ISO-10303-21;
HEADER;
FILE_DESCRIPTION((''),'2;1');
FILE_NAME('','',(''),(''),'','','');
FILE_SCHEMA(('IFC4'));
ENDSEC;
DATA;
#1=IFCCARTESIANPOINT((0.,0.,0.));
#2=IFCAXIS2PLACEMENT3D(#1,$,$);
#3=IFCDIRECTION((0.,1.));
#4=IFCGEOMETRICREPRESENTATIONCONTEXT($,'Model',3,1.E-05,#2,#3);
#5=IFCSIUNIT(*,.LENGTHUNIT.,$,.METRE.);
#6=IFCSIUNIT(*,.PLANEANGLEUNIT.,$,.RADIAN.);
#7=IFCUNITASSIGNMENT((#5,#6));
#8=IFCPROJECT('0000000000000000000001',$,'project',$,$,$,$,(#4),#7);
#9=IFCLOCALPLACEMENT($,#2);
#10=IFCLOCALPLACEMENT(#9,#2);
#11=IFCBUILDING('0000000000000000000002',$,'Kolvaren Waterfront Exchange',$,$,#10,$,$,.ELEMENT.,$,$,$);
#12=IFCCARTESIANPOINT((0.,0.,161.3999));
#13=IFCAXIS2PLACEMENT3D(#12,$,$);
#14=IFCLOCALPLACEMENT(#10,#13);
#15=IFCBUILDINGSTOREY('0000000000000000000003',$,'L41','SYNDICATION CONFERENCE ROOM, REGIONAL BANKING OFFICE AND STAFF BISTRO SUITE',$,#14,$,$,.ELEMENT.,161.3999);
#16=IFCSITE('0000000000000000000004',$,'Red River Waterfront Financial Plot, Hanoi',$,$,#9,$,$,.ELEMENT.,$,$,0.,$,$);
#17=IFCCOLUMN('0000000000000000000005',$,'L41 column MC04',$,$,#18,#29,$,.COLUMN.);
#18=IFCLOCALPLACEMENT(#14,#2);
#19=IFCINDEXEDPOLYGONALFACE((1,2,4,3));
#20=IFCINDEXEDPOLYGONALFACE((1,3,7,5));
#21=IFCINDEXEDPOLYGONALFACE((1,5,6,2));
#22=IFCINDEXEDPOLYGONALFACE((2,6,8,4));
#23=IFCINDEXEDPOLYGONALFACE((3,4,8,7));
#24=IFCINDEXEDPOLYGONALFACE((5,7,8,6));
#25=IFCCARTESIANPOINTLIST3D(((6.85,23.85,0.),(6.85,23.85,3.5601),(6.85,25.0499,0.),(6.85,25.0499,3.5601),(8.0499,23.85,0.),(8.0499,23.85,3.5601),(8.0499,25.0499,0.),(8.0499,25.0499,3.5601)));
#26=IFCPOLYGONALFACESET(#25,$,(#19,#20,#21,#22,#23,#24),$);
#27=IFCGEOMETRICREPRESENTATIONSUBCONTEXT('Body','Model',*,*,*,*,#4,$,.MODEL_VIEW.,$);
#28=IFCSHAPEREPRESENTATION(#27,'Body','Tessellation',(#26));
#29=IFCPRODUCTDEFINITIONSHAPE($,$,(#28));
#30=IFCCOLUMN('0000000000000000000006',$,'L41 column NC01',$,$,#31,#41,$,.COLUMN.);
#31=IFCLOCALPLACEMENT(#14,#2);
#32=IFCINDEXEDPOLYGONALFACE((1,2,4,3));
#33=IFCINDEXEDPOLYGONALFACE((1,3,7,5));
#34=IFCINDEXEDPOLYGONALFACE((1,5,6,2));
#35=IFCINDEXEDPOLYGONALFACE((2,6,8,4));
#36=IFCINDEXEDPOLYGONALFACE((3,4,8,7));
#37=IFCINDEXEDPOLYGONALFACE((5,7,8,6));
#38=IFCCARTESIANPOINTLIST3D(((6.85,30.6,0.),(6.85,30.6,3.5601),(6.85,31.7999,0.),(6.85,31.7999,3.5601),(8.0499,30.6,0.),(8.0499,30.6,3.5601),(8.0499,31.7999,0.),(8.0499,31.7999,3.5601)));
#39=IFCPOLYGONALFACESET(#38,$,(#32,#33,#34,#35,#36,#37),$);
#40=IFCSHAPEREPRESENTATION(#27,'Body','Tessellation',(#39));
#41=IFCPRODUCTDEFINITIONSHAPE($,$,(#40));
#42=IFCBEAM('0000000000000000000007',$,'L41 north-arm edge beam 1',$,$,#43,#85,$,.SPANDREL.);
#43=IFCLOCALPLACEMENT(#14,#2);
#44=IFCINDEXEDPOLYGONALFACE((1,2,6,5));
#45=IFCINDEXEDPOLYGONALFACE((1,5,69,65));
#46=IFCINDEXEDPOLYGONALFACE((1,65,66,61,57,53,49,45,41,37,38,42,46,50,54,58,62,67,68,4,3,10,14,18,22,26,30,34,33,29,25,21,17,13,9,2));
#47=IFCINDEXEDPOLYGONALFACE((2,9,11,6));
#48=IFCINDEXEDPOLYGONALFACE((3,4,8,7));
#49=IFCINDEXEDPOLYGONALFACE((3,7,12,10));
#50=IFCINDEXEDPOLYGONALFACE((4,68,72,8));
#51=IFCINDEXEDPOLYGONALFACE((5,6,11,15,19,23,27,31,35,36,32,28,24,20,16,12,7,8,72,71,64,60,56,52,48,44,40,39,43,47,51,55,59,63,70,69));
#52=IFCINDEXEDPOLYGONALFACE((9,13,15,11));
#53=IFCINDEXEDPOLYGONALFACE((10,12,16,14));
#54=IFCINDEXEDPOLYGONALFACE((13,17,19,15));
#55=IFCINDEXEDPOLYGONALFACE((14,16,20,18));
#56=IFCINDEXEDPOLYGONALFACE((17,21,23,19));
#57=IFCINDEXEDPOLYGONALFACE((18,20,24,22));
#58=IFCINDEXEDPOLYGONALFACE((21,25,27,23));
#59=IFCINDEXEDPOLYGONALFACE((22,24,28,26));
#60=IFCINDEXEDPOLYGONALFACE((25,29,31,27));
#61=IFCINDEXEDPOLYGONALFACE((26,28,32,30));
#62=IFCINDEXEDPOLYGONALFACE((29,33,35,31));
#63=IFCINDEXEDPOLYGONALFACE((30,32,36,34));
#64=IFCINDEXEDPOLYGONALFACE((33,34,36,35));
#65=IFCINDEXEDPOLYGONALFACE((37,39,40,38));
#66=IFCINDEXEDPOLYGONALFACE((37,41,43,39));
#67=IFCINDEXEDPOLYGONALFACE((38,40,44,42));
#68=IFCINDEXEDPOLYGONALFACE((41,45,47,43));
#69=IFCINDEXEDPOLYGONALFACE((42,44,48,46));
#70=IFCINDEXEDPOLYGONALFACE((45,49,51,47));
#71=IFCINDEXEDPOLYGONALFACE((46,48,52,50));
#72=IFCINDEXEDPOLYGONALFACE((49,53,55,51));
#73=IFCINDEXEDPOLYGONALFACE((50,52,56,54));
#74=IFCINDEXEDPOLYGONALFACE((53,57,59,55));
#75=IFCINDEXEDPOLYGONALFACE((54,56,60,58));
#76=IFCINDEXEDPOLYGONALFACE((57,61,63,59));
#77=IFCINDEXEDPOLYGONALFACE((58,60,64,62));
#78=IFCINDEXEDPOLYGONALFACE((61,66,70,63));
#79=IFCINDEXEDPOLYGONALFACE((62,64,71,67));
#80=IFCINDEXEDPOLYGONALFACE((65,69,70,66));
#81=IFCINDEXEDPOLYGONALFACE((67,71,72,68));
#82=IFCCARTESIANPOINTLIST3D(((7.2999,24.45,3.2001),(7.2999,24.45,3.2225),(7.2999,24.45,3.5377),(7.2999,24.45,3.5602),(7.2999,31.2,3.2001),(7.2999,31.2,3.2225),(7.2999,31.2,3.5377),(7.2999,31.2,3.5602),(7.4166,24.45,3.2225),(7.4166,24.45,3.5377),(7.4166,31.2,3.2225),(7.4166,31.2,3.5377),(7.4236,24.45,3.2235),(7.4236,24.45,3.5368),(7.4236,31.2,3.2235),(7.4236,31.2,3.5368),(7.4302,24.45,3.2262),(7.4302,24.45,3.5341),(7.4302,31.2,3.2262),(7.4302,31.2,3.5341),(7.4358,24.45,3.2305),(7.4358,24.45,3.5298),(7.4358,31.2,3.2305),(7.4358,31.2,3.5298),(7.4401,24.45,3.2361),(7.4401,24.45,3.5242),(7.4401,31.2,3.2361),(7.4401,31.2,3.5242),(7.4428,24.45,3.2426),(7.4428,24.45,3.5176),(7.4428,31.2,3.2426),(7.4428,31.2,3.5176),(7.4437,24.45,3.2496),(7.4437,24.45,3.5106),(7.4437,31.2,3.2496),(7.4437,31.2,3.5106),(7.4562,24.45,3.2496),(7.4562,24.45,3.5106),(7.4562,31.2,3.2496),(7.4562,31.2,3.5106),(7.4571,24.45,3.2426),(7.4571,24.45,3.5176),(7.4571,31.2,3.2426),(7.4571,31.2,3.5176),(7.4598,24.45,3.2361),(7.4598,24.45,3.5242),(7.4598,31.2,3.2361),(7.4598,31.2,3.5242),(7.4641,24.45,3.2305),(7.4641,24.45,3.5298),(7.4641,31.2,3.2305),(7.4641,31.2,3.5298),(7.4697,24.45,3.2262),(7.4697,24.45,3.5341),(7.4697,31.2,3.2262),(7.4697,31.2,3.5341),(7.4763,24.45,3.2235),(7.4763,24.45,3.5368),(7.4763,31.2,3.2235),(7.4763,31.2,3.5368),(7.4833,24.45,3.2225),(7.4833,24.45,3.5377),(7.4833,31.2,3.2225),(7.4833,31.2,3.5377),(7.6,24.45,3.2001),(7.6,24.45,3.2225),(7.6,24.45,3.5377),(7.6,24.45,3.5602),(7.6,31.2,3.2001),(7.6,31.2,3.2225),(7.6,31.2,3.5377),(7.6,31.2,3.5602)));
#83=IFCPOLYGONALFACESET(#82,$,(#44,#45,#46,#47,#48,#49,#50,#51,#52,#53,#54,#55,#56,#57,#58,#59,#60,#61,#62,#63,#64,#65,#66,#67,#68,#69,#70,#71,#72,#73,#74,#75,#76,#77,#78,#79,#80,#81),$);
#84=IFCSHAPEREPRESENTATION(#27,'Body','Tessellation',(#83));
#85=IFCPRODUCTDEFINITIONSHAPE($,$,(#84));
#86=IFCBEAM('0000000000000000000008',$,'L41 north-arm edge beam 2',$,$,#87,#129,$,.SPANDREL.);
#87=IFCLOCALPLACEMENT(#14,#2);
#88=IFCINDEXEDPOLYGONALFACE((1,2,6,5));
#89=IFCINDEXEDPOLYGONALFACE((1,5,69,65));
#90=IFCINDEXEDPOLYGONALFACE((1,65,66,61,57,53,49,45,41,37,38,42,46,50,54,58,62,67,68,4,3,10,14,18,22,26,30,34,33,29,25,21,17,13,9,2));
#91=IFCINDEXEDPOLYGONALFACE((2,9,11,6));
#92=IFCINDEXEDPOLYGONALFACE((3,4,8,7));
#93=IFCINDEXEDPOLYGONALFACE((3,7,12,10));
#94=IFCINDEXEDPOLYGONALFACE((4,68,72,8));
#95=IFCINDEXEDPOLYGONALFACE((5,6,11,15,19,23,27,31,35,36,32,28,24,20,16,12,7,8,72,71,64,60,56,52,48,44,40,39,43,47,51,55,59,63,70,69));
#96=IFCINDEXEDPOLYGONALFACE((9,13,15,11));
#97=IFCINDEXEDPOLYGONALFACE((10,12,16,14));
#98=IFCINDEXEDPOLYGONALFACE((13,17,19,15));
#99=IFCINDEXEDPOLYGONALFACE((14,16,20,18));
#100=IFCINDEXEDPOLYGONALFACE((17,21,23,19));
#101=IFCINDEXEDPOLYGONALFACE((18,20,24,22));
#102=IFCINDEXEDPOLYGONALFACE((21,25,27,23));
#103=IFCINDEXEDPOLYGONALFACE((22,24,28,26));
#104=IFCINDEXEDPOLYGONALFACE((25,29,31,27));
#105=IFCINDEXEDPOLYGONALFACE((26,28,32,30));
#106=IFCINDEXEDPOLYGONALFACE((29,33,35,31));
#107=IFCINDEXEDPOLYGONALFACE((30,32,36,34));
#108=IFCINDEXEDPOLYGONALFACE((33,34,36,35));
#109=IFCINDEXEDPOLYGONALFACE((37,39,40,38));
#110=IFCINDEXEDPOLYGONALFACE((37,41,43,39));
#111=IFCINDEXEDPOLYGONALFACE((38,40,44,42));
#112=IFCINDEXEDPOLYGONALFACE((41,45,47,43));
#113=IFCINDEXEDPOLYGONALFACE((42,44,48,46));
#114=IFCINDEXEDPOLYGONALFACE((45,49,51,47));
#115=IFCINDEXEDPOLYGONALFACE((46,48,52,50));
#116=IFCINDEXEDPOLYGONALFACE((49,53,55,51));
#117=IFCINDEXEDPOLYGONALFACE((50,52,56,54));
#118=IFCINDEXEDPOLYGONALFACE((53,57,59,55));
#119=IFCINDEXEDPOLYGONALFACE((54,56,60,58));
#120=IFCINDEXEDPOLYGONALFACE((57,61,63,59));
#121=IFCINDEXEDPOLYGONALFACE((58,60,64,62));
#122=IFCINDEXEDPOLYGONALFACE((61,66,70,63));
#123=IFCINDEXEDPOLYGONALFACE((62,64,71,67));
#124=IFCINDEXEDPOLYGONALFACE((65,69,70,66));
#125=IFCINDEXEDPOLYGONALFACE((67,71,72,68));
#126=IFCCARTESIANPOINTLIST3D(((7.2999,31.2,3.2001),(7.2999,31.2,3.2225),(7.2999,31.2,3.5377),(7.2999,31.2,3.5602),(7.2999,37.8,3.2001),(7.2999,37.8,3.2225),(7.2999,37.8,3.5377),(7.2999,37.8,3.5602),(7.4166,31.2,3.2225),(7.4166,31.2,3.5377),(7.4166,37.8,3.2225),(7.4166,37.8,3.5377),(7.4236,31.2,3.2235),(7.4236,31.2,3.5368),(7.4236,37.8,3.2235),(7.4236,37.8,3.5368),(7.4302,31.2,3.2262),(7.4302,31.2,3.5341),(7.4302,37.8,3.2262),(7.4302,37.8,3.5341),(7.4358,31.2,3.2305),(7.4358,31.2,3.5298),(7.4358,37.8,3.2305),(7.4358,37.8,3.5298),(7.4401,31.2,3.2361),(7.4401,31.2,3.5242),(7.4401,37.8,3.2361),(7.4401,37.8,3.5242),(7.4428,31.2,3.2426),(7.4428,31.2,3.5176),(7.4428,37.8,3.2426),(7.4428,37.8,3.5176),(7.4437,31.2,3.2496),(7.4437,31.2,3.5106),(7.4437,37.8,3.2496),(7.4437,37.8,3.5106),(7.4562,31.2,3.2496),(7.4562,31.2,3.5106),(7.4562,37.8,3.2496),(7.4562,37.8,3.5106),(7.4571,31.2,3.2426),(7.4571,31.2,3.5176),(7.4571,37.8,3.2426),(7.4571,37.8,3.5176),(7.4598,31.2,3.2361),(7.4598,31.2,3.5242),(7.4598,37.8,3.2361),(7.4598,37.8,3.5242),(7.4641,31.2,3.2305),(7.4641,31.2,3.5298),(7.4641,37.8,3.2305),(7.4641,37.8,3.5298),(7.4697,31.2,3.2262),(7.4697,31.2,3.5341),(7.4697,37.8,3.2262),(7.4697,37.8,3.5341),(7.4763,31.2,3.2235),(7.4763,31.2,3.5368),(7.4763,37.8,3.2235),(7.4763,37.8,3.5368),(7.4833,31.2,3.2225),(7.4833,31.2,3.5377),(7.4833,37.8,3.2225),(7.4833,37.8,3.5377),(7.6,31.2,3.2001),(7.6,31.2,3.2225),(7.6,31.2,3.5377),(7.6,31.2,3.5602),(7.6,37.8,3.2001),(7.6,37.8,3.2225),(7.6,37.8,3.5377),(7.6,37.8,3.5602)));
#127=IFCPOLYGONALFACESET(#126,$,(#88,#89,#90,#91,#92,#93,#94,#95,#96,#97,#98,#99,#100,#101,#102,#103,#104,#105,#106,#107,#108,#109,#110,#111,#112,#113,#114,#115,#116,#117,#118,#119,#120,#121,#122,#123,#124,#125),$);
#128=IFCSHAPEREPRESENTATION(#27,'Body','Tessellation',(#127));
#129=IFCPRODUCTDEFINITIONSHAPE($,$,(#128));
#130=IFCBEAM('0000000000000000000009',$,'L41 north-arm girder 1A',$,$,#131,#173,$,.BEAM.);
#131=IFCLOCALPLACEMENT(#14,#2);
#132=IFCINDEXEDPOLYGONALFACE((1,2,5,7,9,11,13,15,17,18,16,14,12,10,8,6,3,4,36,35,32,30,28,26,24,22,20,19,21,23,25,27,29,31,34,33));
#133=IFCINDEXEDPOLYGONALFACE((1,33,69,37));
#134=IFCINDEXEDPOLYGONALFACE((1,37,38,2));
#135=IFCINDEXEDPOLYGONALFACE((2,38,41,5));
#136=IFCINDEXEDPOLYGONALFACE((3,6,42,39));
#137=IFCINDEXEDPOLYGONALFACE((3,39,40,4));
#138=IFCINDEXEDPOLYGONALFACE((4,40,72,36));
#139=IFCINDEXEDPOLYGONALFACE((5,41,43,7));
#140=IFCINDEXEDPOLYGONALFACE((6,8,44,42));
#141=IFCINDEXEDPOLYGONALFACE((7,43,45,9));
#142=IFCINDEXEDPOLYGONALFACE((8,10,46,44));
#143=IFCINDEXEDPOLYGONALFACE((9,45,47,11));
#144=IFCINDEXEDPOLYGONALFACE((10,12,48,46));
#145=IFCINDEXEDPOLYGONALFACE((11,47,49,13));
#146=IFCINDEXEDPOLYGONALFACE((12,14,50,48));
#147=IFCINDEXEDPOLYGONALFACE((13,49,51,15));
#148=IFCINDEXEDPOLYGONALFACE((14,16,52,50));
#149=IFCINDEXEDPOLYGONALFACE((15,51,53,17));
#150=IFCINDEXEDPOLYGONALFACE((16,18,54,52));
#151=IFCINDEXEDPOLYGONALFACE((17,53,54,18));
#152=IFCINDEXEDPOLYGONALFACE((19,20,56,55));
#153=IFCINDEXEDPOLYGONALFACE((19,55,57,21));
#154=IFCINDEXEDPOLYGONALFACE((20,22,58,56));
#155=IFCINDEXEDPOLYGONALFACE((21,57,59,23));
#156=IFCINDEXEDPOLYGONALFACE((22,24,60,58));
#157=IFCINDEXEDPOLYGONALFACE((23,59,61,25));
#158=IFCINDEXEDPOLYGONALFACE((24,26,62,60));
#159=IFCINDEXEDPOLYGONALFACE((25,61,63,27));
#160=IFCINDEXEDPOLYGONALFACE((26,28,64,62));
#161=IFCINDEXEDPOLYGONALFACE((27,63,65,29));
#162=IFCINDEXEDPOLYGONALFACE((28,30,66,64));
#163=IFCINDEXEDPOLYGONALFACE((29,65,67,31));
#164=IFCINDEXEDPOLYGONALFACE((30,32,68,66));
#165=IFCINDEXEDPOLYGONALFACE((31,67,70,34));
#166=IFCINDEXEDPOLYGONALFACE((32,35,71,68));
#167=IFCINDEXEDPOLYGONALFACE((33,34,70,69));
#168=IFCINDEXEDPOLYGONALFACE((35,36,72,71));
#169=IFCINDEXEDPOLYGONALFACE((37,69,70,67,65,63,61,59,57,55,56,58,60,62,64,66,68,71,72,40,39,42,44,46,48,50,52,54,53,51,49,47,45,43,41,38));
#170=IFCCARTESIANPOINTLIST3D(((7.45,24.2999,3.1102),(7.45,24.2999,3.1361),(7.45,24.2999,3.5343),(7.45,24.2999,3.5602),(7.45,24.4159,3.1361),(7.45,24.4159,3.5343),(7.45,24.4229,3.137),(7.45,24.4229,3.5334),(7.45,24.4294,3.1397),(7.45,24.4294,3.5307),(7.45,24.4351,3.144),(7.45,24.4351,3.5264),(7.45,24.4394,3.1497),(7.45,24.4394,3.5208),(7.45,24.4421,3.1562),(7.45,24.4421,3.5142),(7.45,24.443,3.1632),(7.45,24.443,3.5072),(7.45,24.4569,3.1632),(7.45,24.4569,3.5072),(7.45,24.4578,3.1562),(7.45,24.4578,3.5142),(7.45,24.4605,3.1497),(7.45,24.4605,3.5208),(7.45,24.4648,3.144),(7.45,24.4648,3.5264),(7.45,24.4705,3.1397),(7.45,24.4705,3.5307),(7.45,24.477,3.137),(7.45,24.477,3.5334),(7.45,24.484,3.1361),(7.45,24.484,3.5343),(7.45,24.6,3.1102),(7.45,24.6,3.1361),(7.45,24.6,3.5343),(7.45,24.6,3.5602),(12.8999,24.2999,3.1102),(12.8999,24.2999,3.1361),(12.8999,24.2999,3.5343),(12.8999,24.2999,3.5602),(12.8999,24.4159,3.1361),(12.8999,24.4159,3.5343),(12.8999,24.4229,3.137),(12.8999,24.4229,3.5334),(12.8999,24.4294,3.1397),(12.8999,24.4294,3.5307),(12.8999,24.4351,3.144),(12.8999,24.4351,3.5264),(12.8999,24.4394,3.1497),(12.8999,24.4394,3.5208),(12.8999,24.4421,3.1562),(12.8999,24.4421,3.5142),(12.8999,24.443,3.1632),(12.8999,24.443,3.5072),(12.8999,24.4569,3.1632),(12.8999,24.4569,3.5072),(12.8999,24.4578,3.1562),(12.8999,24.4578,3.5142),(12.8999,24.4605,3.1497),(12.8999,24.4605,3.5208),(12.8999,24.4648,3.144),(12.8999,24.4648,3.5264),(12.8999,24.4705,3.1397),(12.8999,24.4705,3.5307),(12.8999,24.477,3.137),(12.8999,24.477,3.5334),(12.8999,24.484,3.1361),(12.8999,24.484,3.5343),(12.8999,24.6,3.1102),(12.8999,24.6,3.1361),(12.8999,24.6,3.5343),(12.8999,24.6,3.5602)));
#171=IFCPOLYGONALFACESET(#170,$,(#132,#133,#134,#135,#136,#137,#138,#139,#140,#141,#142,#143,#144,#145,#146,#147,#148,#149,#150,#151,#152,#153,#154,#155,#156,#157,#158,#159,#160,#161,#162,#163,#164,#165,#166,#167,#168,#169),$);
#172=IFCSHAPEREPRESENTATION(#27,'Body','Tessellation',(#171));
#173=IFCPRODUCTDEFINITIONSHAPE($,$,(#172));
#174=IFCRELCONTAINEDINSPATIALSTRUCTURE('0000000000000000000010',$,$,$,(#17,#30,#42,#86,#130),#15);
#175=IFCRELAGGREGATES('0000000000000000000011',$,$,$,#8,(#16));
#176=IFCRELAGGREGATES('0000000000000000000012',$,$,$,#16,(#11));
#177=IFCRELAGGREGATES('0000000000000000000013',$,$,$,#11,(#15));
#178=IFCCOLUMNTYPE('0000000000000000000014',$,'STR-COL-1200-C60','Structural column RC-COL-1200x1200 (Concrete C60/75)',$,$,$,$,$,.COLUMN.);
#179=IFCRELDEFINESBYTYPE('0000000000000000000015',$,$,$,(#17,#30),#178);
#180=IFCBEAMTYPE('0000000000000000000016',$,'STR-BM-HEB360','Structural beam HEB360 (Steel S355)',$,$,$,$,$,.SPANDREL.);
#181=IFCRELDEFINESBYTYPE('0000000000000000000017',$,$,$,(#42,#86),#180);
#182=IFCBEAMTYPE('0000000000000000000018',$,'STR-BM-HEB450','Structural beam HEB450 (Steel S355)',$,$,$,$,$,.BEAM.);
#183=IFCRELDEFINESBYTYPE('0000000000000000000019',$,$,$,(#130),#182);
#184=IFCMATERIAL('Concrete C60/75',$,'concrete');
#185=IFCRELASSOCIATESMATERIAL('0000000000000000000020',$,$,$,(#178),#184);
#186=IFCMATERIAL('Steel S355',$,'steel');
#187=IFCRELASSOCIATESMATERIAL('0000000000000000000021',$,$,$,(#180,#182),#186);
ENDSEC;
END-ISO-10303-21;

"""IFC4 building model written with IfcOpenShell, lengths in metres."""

from ifc_helpers import new_model, si_unit, direction, frame, origin, origin_2d, place, context, subcontext, project, spatial, rectangle, i_section, extrude, material, material_profile, profile_set, type_object, element, save


model = new_model("IFC4")

# Units and contexts
model_context = context("Model", 3, precision=1e-05, world=origin(), true_north=direction((0.0, 1.0)))
body_context = subcontext(model_context, "Body", "Model", "MODEL_VIEW")
ifc_project = project(units=[si_unit("LENGTHUNIT", "METRE"), si_unit("PLANEANGLEUNIT", "RADIAN")], contexts=[model_context])

# Site, building, storey
site_placement = place(None, origin())
site = spatial("IfcSite", under=ifc_project, at=site_placement, Name="Red River Waterfront Financial Plot, Hanoi", CompositionType="ELEMENT", RefElevation=0.0)
building_placement = place(site_placement, origin())
building = spatial("IfcBuilding", under=site, at=building_placement, Name="Kolvaren Waterfront Exchange", CompositionType="ELEMENT")
storey_placement = place(building_placement, frame((0.0, 0.0, 161.3999)))
storey = spatial("IfcBuildingStorey", under=building, at=storey_placement, Name="L41", Description="SYNDICATION CONFERENCE ROOM, REGIONAL BANKING OFFICE AND STAFF BISTRO SUITE", CompositionType="ELEMENT", Elevation=161.3999)

# Columns
ifc_material_1 = material(Name="Concrete C60/75", Category="concrete")
ifc_material_profile_1 = material_profile(ifc_material_1, rectangle(XDim=1.2, YDim=1.2, at=origin_2d()), Name="RC-COL-1200x1200")
ifc_profile_set_1 = profile_set([ifc_material_profile_1], Name="Concrete C60/75")
column_type = type_object("IfcColumnType", Name="STR-COL-1200-C60", Description="Structural column RC-COL-1200x1200 (Concrete C60/75)", PredefinedType="COLUMN", material=ifc_profile_set_1)
for number, where, z_axis, x_axis, name in (
    (1, (7.45, 24.45, 0.0), (0.0, 0.0, 1.0), (1.0, 0.0, 0.0), "L41 column MC04"),
    (2, (7.45, 31.2, 0.0), (0.0, 0.0, 1.0), (1.0, 0.0, 0.0), "L41 column NC01"),
):
    element("IfcColumn", number, at=place(storey_placement, frame(where, z_axis=z_axis, x_axis=x_axis)), inside=storey, type_object=column_type, Name=name, PredefinedType="COLUMN", context=body_context, shape_type="SweptSolid", body=[
        extrude(rectangle(XDim=1.2, YDim=1.2, at=origin_2d()), origin(), (0.0, 0.0, 1.0), 3.5601),
    ])

# Beams
ifc_material_2 = material(Name="Steel S355", Category="steel")
ifc_material_profile_2 = material_profile(ifc_material_2, i_section(OverallWidth=0.3, OverallDepth=0.3601, WebThickness=0.0125, FlangeThickness=0.0225, FilletRadius=0.0271, at=origin_2d()), Name="HEB360")
ifc_profile_set_2 = profile_set([ifc_material_profile_2], Name="Steel S355")
beam_type_1 = type_object("IfcBeamType", Name="STR-BM-HEB360", Description="Structural beam HEB360 (Steel S355)", PredefinedType="SPANDREL", material=ifc_profile_set_2)
beam_1_placement = place(storey_placement, frame((7.45, 24.45, 3.3801), z_axis=(0.0, 1.0, 0.0), x_axis=(-1.0, 0.0, 0.0)))
element("IfcBeam", 3, at=beam_1_placement, inside=storey, type_object=beam_type_1, Name="L41 north-arm edge beam 1", PredefinedType="SPANDREL", context=body_context, shape_type="SweptSolid", body=[
    extrude(i_section(OverallWidth=0.3, OverallDepth=0.3601, WebThickness=0.0125, FlangeThickness=0.0225, FilletRadius=0.0271, at=origin_2d()), origin(), (0.0, 0.0, 1.0), 6.75),
])
beam_2_placement = place(storey_placement, frame((7.45, 31.2, 3.3801), z_axis=(0.0, 1.0, 0.0), x_axis=(-1.0, 0.0, 0.0)))
element("IfcBeam", 4, at=beam_2_placement, inside=storey, type_object=beam_type_1, Name="L41 north-arm edge beam 2", PredefinedType="SPANDREL", context=body_context, shape_type="SweptSolid", body=[
    extrude(i_section(OverallWidth=0.3, OverallDepth=0.3601, WebThickness=0.0125, FlangeThickness=0.0225, FilletRadius=0.0271, at=origin_2d()), origin(), (0.0, 0.0, 1.0), 6.6001),
])
ifc_material_profile_3 = material_profile(ifc_material_2, i_section(OverallWidth=0.3, OverallDepth=0.45, WebThickness=0.0139, FlangeThickness=0.0259, FilletRadius=0.0271, at=origin_2d()), Name="HEB450")
ifc_profile_set_3 = profile_set([ifc_material_profile_3], Name="Steel S355")
beam_type_2 = type_object("IfcBeamType", Name="STR-BM-HEB450", Description="Structural beam HEB450 (Steel S355)", PredefinedType="BEAM", material=ifc_profile_set_3)
for number, where, z_axis, x_axis, name in (
    (5, (7.45, 24.45, 3.3352), (1.0, 0.0, 0.0), (0.0, 1.0, 0.0), "L41 north-arm girder 1A"),
):
    element("IfcBeam", number, at=place(storey_placement, frame(where, z_axis=z_axis, x_axis=x_axis)), inside=storey, type_object=beam_type_2, Name=name, PredefinedType="BEAM", context=body_context, shape_type="SweptSolid", body=[
        extrude(i_section(OverallWidth=0.3, OverallDepth=0.45, WebThickness=0.0139, FlangeThickness=0.0259, FilletRadius=0.0271, at=origin_2d()), origin(), (0.0, 0.0, 1.0), 5.45),
    ])

save(model, "model.ifc")
